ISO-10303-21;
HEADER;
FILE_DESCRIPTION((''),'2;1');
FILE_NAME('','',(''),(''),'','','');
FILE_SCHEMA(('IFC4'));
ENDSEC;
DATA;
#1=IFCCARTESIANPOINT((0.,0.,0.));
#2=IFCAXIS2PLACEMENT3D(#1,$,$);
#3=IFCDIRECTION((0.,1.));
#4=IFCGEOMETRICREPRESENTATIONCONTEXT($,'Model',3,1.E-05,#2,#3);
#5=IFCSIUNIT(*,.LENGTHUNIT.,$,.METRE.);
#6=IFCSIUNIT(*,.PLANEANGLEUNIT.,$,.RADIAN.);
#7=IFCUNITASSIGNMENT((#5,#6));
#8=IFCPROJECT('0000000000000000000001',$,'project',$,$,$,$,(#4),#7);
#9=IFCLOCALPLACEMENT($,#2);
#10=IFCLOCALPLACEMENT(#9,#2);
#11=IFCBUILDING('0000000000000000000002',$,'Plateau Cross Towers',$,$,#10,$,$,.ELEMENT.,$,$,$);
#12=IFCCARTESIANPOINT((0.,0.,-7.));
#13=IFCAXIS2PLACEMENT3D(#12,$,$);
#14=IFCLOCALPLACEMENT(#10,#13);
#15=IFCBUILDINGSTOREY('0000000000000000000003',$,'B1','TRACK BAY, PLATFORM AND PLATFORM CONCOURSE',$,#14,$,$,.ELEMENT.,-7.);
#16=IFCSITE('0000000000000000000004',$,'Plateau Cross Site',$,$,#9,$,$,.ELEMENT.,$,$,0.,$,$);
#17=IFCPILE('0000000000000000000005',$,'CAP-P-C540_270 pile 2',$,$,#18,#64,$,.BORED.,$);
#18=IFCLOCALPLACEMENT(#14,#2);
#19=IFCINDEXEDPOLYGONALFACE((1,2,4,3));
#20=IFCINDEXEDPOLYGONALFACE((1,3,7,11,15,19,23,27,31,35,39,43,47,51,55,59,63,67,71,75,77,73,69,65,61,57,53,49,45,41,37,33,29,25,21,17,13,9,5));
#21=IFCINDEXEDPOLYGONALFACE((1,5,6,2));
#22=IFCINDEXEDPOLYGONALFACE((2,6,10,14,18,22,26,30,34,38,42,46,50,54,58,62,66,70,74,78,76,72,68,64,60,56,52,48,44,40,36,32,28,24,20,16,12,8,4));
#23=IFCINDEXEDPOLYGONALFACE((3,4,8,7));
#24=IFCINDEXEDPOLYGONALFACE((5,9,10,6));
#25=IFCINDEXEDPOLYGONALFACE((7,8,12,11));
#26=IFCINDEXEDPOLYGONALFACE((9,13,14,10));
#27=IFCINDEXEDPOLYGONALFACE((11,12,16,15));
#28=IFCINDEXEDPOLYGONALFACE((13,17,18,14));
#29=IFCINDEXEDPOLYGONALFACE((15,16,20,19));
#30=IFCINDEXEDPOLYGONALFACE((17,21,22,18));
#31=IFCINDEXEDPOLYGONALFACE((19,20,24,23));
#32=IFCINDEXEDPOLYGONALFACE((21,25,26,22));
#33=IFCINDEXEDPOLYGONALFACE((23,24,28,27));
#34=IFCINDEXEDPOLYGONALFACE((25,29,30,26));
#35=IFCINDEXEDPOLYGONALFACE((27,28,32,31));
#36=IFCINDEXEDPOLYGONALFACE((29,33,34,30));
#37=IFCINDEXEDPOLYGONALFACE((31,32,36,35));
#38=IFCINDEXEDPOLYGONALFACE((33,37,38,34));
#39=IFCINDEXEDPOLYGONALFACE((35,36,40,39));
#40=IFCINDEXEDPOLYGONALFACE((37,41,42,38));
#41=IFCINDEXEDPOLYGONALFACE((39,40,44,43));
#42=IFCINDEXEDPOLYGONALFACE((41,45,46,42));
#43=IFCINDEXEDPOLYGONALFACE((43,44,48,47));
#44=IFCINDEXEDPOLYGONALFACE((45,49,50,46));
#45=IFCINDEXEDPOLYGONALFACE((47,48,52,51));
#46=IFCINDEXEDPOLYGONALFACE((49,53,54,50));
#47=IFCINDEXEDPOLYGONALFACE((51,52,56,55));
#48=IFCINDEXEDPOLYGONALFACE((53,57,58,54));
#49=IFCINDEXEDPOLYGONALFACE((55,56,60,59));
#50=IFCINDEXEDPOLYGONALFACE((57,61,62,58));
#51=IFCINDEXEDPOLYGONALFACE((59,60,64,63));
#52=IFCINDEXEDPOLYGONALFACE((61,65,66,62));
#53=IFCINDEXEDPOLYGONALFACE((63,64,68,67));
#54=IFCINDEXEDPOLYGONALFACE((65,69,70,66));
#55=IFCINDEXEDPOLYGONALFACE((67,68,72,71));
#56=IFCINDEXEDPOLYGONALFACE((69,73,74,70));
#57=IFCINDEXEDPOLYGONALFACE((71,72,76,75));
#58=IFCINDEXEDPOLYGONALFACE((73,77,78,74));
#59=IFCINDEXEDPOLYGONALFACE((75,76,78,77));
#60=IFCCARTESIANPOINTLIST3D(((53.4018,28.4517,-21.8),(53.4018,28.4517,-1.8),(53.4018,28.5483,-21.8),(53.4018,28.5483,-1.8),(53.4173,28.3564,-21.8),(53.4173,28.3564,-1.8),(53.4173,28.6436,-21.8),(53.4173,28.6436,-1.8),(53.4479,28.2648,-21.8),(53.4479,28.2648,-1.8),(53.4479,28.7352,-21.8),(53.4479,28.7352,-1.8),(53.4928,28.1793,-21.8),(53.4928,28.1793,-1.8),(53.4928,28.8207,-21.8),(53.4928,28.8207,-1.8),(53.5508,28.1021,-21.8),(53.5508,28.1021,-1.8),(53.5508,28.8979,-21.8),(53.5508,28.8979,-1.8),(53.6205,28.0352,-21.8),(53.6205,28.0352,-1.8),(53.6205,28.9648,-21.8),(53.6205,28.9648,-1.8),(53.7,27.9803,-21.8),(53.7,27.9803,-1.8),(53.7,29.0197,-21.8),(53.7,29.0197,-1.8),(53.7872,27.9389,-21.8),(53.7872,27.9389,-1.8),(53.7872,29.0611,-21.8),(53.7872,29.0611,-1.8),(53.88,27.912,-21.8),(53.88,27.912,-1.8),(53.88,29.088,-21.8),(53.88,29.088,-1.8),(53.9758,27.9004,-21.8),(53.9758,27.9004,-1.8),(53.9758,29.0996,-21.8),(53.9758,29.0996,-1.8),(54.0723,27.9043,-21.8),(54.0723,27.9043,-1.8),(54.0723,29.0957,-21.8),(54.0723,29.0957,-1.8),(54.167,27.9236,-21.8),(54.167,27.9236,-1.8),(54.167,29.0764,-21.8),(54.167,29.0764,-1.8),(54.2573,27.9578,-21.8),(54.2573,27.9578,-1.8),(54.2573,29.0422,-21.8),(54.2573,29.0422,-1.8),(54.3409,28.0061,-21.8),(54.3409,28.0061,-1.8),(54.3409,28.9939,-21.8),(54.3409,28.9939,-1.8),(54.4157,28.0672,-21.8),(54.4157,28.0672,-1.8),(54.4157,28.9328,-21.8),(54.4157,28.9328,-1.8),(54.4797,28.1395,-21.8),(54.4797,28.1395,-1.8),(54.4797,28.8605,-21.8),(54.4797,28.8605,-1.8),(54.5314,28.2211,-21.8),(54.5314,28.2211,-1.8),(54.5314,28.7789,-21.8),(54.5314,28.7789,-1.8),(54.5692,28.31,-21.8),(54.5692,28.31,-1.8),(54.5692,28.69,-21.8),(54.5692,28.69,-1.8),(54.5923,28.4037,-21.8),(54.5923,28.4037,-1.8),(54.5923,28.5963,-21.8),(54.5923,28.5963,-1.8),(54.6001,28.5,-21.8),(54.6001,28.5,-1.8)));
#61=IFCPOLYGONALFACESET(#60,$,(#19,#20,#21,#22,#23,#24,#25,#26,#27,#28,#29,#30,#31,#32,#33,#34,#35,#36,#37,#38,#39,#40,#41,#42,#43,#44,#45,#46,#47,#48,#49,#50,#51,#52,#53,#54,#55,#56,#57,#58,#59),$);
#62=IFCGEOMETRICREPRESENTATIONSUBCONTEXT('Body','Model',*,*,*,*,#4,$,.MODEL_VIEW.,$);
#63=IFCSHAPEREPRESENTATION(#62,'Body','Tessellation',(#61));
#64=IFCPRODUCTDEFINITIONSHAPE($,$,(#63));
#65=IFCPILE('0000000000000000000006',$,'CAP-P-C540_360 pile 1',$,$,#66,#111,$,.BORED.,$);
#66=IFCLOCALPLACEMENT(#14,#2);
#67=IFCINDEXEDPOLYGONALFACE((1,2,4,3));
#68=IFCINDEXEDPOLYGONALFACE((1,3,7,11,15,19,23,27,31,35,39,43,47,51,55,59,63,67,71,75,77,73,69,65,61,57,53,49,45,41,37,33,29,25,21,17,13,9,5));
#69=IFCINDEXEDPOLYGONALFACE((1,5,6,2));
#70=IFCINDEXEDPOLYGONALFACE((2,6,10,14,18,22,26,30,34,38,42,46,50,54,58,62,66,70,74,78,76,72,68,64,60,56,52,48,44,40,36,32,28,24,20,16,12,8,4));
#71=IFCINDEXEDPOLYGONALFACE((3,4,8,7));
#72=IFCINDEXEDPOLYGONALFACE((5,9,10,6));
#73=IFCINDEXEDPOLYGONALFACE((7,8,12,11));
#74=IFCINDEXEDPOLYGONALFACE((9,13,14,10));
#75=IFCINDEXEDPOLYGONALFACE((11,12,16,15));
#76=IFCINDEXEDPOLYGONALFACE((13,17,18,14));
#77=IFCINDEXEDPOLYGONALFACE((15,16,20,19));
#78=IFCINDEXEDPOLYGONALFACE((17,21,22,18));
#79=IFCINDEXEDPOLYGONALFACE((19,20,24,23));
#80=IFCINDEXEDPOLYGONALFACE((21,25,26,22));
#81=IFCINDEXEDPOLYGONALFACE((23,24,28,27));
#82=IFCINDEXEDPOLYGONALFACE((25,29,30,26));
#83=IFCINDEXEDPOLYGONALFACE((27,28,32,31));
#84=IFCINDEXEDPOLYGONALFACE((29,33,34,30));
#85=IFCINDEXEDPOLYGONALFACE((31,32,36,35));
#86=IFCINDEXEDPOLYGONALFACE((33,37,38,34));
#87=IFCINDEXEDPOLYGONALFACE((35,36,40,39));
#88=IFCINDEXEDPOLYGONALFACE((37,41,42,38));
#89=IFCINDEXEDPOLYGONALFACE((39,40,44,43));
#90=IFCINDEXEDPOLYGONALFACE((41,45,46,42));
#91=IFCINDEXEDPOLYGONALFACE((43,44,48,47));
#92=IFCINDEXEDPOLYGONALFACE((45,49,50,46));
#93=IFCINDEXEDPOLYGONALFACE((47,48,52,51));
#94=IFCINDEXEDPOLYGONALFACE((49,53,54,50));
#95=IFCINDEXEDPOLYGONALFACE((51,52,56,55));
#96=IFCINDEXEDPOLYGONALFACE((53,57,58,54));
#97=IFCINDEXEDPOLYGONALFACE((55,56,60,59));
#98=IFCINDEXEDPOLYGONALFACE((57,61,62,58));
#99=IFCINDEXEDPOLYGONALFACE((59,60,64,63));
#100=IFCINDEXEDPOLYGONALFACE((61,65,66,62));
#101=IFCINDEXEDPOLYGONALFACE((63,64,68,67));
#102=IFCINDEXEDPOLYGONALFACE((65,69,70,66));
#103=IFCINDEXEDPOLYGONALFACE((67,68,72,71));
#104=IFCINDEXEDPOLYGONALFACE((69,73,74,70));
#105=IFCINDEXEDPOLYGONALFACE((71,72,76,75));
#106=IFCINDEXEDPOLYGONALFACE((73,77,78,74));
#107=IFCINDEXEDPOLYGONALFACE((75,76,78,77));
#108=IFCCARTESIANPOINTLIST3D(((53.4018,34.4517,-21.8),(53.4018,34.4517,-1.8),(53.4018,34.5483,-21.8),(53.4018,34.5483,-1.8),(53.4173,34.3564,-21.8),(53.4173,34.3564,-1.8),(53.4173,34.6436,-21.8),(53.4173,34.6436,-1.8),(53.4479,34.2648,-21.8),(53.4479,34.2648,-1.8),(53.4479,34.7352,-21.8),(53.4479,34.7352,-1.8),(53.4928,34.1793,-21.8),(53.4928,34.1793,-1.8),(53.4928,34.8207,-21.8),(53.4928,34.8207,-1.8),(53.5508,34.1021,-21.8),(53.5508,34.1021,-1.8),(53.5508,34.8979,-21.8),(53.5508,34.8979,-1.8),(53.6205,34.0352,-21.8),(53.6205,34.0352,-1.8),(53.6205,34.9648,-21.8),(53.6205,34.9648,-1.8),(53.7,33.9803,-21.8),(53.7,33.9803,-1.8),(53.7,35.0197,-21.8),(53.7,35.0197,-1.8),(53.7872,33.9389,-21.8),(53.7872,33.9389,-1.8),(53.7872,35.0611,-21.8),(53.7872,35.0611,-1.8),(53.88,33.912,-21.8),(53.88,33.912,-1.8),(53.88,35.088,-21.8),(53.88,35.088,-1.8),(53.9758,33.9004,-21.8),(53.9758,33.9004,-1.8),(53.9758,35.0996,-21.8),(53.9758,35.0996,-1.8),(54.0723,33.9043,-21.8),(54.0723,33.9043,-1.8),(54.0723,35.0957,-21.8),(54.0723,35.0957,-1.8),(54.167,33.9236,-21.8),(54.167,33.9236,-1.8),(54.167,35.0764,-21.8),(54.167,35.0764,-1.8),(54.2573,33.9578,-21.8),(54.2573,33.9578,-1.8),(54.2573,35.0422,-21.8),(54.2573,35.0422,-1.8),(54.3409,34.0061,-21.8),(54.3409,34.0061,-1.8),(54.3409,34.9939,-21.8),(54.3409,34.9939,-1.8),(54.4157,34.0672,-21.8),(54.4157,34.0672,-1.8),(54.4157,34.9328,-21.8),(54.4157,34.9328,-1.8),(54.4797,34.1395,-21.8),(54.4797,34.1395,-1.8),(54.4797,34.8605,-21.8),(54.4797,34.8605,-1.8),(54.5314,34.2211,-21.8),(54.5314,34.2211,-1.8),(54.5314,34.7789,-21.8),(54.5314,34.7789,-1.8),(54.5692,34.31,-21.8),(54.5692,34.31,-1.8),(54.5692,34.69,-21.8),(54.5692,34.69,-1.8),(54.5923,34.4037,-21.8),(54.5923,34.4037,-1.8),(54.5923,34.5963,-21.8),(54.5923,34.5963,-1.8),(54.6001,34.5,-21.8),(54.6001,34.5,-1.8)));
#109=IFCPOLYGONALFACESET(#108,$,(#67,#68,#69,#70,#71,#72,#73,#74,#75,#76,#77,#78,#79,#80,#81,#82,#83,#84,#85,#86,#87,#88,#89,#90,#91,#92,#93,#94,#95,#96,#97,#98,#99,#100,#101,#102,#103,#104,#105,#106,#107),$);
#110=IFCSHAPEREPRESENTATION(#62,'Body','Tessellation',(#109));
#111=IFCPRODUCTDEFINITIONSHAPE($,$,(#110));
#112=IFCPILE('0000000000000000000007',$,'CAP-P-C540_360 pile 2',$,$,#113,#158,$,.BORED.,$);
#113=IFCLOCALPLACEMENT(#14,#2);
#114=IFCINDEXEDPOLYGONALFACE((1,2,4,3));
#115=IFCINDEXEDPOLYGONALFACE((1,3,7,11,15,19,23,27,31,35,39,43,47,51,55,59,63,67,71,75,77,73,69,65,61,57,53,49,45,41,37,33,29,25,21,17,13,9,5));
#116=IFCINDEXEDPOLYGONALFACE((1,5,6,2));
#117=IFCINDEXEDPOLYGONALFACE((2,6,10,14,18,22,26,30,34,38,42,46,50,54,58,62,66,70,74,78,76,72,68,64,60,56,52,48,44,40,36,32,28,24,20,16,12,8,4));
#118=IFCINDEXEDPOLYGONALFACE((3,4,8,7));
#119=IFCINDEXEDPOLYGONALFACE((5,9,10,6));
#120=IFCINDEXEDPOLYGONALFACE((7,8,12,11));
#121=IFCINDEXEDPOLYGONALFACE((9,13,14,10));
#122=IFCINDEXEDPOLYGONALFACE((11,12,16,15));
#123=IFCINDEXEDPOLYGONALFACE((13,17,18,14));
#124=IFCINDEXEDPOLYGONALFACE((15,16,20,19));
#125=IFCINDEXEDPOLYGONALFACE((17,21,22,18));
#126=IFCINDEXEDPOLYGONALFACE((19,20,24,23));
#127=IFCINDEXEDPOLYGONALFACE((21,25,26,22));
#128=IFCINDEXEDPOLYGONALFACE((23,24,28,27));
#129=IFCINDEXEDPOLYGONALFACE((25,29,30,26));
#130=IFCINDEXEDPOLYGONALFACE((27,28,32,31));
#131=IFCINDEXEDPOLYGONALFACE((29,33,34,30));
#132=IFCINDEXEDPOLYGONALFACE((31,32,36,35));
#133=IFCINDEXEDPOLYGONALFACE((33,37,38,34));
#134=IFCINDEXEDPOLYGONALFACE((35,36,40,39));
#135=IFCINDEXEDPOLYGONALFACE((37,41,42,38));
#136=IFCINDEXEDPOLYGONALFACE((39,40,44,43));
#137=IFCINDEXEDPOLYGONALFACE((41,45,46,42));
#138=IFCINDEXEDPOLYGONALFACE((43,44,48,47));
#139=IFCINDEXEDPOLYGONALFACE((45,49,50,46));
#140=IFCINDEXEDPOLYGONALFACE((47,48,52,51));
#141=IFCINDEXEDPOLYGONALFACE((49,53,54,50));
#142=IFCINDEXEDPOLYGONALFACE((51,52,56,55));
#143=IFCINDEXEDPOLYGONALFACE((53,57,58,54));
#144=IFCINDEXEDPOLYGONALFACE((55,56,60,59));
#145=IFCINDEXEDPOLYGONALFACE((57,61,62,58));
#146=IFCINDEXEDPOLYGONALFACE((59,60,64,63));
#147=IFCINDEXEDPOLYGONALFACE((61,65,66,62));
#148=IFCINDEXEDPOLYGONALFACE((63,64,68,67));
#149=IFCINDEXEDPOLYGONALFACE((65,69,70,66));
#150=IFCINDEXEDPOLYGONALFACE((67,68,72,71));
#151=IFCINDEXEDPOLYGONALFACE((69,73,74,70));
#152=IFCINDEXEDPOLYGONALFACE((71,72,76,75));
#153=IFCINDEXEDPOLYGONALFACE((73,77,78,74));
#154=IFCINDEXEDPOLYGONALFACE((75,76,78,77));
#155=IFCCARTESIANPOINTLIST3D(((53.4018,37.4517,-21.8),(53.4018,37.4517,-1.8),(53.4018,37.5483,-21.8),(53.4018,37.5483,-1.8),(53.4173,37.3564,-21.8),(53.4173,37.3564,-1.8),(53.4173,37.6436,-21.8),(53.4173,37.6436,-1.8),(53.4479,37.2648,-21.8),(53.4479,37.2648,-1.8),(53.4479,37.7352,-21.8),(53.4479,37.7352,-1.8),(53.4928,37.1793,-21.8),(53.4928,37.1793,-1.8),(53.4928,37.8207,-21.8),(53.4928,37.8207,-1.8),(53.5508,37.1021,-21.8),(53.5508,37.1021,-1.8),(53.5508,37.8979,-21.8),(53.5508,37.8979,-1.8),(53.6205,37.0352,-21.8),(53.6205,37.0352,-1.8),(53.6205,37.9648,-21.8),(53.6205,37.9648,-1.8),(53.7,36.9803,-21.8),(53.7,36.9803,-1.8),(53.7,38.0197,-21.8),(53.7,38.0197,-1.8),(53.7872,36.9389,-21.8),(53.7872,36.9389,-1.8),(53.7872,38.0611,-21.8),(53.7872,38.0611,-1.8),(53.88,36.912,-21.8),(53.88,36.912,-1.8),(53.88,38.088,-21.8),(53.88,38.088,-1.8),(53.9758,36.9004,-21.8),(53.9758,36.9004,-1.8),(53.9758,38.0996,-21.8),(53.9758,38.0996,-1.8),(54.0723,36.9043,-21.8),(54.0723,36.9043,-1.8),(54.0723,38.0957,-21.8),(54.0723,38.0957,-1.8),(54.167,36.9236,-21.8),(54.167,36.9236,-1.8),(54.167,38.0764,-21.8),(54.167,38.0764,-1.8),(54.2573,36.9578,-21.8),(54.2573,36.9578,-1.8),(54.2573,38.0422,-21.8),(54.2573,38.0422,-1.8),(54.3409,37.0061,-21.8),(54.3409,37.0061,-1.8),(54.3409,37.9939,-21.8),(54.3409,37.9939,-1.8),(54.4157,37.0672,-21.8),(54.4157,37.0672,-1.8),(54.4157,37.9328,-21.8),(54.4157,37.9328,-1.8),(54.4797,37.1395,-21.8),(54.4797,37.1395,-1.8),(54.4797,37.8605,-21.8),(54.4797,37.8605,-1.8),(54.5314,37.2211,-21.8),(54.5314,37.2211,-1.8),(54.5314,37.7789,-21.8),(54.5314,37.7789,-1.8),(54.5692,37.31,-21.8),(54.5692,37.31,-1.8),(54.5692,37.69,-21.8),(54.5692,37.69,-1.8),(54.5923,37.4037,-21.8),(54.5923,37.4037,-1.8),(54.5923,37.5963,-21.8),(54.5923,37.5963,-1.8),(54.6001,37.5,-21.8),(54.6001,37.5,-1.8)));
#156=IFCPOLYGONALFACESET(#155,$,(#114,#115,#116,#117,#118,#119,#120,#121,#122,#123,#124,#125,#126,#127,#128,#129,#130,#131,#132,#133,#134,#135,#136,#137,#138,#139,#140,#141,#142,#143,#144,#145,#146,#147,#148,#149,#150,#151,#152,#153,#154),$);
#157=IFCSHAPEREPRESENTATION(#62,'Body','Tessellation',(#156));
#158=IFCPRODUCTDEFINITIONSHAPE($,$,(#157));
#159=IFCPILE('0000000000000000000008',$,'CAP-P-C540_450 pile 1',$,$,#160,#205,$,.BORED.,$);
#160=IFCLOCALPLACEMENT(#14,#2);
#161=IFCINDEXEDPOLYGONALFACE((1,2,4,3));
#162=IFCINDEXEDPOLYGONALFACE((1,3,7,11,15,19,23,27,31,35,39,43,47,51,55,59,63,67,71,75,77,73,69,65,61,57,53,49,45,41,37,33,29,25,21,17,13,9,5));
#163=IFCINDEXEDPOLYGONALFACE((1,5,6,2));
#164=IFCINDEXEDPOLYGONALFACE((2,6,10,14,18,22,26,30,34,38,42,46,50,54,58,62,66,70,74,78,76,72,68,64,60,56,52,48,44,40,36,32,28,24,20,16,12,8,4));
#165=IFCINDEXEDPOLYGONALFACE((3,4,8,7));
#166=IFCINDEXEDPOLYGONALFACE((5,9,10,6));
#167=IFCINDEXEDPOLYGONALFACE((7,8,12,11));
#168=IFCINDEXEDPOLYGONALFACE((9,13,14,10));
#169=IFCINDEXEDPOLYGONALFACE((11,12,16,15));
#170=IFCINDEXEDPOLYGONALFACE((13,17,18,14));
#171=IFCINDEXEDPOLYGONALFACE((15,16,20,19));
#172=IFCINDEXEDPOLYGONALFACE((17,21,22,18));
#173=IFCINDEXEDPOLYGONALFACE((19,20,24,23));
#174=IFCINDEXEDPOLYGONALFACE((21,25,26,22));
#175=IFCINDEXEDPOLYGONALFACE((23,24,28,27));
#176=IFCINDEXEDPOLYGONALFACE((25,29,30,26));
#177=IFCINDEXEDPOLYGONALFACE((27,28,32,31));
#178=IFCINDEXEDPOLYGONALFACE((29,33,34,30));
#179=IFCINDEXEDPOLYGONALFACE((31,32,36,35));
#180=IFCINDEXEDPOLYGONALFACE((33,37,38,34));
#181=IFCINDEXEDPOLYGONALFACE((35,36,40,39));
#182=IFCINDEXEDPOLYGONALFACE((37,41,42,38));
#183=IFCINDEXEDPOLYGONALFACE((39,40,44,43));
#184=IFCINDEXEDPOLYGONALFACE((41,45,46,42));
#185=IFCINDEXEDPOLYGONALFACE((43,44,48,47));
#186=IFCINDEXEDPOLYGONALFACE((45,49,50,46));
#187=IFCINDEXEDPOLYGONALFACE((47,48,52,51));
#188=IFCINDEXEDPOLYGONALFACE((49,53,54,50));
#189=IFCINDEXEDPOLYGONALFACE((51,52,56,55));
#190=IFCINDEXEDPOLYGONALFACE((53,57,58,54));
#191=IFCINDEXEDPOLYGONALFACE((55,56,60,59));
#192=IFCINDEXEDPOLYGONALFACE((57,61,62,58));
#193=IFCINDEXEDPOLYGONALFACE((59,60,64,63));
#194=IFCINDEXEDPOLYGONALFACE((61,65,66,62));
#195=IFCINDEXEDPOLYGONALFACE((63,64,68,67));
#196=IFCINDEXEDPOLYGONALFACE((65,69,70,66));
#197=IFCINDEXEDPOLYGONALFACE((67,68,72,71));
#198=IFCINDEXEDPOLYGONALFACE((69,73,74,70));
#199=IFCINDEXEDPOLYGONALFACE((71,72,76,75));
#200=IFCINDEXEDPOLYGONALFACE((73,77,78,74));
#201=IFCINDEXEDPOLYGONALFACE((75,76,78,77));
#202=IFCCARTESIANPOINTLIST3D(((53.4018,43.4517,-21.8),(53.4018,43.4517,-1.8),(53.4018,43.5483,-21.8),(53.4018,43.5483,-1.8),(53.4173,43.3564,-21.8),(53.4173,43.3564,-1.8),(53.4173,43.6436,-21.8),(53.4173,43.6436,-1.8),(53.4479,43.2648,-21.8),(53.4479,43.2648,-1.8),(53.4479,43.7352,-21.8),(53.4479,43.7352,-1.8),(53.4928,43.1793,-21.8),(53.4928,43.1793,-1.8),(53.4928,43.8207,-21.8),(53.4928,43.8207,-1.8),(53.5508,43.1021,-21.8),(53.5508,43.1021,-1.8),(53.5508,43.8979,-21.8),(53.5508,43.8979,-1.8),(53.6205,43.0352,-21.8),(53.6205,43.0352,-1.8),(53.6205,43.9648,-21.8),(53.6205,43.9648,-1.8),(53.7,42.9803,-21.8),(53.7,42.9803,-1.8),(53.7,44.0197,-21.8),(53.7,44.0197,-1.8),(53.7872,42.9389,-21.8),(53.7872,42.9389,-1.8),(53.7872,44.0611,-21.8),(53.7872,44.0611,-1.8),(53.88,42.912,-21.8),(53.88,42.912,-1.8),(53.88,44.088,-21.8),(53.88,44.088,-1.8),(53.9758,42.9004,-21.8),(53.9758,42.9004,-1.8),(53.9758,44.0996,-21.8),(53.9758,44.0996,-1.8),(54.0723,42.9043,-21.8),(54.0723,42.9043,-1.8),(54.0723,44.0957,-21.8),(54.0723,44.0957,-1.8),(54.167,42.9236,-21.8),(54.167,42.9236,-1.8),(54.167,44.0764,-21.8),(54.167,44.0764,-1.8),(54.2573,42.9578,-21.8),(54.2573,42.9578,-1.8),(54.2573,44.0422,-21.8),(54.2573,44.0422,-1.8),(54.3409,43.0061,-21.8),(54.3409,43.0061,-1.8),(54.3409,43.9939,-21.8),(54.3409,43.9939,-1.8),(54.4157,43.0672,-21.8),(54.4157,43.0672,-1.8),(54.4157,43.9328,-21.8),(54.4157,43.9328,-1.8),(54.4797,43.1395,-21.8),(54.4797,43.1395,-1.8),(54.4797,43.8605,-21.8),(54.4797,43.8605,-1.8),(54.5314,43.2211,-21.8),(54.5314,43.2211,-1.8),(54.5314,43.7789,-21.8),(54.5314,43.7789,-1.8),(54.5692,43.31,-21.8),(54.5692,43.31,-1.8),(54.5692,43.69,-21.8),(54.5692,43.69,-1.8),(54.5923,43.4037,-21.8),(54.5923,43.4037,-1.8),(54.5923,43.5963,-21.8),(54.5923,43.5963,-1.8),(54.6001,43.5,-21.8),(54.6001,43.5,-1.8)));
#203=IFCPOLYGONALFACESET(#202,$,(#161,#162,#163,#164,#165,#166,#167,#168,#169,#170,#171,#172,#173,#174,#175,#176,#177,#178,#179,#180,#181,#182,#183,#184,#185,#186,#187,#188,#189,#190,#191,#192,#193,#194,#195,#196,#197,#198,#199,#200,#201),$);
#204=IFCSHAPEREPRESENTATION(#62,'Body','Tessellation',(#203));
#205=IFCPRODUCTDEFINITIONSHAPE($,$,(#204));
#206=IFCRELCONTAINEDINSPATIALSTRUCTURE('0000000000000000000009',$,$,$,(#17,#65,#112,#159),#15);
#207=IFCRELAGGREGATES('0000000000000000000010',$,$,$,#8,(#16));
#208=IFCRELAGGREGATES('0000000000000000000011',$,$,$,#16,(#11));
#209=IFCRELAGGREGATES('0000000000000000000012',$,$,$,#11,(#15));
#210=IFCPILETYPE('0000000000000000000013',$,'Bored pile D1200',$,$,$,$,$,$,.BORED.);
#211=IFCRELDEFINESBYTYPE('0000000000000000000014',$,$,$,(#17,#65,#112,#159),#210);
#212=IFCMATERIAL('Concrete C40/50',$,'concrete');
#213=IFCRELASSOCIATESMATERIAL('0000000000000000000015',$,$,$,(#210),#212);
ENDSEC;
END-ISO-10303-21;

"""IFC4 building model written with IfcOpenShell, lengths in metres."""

from ifc_helpers import new_model, si_unit, direction, frame, origin, origin_2d, place, context, subcontext, project, spatial, circle, extrude, material, material_profile, profile_set, type_object, element, save


model = new_model("IFC4")

# Units and contexts
model_context = context("Model", 3, precision=1e-05, world=origin(), true_north=direction((0.0, 1.0)))
body_context = subcontext(model_context, "Body", "Model", "MODEL_VIEW")
ifc_project = project(units=[si_unit("LENGTHUNIT", "METRE"), si_unit("PLANEANGLEUNIT", "RADIAN")], contexts=[model_context])

# Site, building, storey
site_placement = place(None, origin())
site = spatial("IfcSite", under=ifc_project, at=site_placement, Name="Plateau Cross Site", CompositionType="ELEMENT", RefElevation=0.0)
building_placement = place(site_placement, origin())
building = spatial("IfcBuilding", under=site, at=building_placement, Name="Plateau Cross Towers", CompositionType="ELEMENT")
storey_placement = place(building_placement, frame((0.0, 0.0, -7.0)))
storey = spatial("IfcBuildingStorey", under=building, at=storey_placement, Name="B1", Description="TRACK BAY, PLATFORM AND PLATFORM CONCOURSE", CompositionType="ELEMENT", Elevation=-7.0)

# Piles
ifc_material_1 = material(Name="Concrete C40/50", Category="concrete")
ifc_material_profile_1 = material_profile(ifc_material_1, circle(Radius=0.6001, at=origin_2d()), Name="Bored pile D1200")
ifc_profile_set_1 = profile_set([ifc_material_profile_1], Name="Concrete C40/50")
pile_type = type_object("IfcPileType", Name="Bored pile D1200", PredefinedType="BORED", material=ifc_profile_set_1)
for number, where, z_axis, x_axis, name in (
    (1, (54.0, 28.5, -1.8), (0.0, 0.0, -1.0), (1.0, 0.0, 0.0), "CAP-P-C540_270 pile 2"),
    (2, (54.0, 34.5, -1.8), (0.0, 0.0, -1.0), (1.0, 0.0, 0.0), "CAP-P-C540_360 pile 1"),
    (3, (54.0, 37.5, -1.8), (0.0, 0.0, -1.0), (1.0, 0.0, 0.0), "CAP-P-C540_360 pile 2"),
    (4, (54.0, 43.5, -1.8), (0.0, 0.0, -1.0), (1.0, 0.0, 0.0), "CAP-P-C540_450 pile 1"),
):
    element("IfcPile", number, at=place(storey_placement, frame(where, z_axis=z_axis, x_axis=x_axis)), inside=storey, type_object=pile_type, Name=name, PredefinedType="BORED", context=body_context, shape_type="SweptSolid", body=[
        extrude(circle(Radius=0.6001, at=origin_2d()), origin(), (0.0, 0.0, 1.0), 20.0),
    ])

save(model, "model.ifc")
